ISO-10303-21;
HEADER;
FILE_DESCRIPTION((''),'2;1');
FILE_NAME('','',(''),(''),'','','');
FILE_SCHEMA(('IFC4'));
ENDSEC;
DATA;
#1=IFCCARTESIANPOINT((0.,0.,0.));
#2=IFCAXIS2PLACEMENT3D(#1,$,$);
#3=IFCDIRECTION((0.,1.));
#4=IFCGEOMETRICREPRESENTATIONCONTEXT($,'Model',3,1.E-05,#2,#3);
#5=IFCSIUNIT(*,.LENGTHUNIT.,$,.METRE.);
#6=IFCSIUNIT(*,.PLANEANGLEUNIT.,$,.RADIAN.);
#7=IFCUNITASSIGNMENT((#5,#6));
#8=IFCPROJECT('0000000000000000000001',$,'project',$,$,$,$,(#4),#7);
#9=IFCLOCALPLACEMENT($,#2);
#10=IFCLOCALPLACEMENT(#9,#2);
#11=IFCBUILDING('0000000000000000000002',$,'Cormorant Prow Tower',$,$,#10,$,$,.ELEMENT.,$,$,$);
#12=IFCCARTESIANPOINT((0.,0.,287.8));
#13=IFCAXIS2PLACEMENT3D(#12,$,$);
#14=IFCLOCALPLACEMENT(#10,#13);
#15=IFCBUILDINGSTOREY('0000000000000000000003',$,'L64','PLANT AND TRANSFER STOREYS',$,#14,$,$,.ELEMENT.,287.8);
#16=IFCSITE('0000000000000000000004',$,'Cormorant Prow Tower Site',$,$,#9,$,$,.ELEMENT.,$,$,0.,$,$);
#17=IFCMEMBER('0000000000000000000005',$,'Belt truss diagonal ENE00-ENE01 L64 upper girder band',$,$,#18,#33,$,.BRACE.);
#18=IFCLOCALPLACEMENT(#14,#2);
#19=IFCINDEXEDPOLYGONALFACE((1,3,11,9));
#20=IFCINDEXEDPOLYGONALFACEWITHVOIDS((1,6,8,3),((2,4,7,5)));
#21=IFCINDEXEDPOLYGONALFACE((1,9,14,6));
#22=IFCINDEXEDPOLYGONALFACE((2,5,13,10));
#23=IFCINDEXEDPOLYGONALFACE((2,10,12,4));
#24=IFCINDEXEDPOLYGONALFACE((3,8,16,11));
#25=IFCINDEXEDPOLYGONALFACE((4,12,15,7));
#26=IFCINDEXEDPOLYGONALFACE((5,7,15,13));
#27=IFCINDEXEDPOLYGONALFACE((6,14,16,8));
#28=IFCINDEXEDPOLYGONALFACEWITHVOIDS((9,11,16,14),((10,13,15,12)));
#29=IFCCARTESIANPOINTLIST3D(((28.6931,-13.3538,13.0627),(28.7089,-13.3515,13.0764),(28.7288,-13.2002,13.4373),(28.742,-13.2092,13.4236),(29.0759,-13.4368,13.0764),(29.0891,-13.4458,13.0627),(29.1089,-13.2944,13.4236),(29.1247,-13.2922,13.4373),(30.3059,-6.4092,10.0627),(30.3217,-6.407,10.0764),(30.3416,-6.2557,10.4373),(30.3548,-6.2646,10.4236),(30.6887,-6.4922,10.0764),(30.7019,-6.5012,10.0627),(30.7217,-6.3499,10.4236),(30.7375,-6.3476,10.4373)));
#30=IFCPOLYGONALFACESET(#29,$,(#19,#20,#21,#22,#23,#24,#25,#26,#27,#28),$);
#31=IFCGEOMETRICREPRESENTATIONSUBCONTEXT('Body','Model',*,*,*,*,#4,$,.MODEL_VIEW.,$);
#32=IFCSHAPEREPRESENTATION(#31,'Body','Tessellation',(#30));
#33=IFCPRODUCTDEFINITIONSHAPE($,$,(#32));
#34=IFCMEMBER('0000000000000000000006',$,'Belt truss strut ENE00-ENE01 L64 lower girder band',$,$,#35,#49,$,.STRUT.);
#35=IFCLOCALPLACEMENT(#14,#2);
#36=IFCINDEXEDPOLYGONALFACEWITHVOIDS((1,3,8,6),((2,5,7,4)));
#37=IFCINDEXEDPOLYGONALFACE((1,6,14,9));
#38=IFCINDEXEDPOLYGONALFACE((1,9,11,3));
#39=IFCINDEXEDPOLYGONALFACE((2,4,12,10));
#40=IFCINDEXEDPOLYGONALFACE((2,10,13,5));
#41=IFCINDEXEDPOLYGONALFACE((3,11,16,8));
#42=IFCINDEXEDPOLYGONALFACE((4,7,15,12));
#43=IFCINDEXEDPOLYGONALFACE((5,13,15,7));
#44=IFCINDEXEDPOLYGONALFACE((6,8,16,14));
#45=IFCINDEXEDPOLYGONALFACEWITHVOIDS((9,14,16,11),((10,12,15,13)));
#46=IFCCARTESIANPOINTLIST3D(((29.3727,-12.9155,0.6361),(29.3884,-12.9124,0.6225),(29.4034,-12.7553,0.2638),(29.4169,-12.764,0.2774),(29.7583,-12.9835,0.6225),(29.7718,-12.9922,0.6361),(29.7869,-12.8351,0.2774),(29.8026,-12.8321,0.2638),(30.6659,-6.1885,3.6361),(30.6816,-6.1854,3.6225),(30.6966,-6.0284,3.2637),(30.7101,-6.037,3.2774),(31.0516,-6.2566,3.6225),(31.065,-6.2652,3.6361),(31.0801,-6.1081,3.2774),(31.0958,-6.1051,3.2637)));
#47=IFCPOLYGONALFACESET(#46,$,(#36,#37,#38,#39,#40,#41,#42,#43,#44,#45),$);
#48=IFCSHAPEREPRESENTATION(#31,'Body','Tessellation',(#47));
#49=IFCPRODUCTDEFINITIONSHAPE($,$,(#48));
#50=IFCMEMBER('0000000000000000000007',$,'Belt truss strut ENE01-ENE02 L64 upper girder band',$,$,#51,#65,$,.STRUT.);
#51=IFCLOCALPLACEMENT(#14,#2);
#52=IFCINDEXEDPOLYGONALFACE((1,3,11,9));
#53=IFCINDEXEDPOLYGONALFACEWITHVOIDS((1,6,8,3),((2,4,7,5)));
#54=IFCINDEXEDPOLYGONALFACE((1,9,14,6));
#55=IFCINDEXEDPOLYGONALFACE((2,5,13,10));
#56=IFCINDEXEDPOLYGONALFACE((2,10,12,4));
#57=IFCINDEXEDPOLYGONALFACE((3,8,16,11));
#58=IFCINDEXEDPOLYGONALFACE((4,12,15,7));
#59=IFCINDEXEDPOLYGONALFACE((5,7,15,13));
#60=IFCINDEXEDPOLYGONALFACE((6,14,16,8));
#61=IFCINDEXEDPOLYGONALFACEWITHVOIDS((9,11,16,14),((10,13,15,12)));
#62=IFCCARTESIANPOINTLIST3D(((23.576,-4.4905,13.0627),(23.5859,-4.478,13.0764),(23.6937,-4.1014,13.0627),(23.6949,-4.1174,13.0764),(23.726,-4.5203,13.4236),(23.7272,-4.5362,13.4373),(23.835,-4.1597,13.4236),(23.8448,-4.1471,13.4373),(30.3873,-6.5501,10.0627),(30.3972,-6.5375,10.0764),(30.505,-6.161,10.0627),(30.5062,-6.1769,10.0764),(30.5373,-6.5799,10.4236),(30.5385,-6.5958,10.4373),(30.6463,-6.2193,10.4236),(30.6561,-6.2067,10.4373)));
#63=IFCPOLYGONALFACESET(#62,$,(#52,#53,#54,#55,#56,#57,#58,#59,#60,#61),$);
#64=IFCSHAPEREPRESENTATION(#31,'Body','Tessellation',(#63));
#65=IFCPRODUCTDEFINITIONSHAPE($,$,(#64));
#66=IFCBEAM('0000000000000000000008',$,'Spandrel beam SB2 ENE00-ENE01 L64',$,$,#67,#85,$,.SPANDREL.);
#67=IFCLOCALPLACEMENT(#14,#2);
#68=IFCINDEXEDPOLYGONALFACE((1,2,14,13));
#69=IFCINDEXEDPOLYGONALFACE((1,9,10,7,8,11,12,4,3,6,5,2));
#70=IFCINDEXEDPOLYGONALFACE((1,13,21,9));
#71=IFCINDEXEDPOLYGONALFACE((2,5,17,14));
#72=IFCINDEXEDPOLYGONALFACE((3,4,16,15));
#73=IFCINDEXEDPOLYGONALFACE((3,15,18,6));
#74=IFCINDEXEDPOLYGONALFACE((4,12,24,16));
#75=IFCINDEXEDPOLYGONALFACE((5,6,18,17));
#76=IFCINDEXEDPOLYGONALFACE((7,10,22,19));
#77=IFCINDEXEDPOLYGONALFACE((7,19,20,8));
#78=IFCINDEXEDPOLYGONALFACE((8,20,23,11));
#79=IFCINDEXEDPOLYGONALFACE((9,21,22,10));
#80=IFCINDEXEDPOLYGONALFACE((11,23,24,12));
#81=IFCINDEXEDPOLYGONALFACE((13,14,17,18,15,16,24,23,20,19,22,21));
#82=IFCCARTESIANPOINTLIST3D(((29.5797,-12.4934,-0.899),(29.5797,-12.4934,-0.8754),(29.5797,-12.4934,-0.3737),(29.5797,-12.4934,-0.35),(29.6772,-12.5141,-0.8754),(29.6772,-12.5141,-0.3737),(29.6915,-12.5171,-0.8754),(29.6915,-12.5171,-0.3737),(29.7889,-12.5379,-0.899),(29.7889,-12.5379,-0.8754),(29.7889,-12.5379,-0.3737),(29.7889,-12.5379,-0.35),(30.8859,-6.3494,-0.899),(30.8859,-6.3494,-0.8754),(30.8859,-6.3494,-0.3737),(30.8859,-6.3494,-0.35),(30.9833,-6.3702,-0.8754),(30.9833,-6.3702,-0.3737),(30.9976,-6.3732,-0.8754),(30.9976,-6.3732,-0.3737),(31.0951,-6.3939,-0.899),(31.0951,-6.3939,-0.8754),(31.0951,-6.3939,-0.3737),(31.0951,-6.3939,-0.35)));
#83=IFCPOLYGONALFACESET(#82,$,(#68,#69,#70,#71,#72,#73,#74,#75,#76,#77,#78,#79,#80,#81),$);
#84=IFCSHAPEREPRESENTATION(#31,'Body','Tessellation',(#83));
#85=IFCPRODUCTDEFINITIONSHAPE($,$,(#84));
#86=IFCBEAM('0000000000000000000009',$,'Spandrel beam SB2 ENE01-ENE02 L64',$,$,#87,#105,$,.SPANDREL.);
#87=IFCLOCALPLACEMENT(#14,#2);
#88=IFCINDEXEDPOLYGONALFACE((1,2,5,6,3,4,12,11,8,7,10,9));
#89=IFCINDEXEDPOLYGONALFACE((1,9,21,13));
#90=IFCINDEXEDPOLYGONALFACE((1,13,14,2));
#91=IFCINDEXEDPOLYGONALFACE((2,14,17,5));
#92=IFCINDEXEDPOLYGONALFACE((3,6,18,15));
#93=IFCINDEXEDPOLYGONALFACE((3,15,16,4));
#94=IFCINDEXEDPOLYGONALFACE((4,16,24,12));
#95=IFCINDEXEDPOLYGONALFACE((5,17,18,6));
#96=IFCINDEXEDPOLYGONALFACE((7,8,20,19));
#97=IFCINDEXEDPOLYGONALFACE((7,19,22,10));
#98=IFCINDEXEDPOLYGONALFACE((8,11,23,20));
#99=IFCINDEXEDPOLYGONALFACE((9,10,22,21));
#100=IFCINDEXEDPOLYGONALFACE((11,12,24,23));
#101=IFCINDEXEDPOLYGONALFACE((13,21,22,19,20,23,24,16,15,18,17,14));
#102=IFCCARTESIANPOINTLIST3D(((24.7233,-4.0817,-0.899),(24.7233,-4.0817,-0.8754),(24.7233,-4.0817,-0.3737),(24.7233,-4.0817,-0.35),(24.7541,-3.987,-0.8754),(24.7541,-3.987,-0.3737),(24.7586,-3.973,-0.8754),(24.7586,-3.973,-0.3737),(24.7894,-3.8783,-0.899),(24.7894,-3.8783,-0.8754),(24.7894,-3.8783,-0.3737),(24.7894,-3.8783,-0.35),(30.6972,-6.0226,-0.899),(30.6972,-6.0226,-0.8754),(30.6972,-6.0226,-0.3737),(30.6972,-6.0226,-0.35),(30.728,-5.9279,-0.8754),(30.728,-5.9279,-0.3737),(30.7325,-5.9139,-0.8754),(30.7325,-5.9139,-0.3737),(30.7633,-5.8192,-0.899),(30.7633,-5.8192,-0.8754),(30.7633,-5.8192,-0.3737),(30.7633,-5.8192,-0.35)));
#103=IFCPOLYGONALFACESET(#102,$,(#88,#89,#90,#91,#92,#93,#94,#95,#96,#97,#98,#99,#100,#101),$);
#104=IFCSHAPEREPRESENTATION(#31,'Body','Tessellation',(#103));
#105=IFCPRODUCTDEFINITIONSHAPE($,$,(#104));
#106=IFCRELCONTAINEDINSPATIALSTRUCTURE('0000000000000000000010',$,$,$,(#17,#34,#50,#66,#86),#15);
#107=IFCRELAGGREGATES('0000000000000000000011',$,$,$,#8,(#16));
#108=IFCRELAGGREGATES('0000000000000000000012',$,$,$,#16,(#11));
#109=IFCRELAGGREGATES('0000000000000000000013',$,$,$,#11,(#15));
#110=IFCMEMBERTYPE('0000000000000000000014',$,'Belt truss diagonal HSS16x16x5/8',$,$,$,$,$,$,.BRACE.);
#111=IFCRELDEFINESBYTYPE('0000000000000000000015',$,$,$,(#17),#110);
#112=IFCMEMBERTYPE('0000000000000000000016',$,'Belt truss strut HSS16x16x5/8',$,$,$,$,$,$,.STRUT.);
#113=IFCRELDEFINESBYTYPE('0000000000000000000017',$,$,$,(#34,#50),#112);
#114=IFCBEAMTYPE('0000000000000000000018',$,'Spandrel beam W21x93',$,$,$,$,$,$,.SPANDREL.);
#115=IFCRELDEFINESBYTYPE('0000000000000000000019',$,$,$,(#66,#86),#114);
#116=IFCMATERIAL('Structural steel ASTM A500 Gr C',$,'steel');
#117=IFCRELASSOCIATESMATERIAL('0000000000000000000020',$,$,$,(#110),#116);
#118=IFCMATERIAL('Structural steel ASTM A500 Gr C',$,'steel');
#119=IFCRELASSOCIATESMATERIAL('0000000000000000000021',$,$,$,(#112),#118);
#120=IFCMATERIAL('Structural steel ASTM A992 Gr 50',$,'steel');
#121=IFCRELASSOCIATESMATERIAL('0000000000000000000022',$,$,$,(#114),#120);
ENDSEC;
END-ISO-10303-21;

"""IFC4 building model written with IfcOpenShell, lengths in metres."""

from ifc_helpers import new_model, si_unit, direction, frame, origin, origin_2d, place, context, subcontext, project, spatial, hollow_rectangle, i_section, extrude, material, material_profile, profile_set, type_object, element, save


model = new_model("IFC4")

# Units and contexts
model_context = context("Model", 3, precision=1e-05, world=origin(), true_north=direction((0.0, 1.0)))
body_context = subcontext(model_context, "Body", "Model", "MODEL_VIEW")
ifc_project = project(units=[si_unit("LENGTHUNIT", "METRE"), si_unit("PLANEANGLEUNIT", "RADIAN")], contexts=[model_context])

# Site, building, storey
site_placement = place(None, origin())
site = spatial("IfcSite", under=ifc_project, at=site_placement, Name="Cormorant Prow Tower Site", CompositionType="ELEMENT", RefElevation=0.0)
building_placement = place(site_placement, origin())
building = spatial("IfcBuilding", under=site, at=building_placement, Name="Cormorant Prow Tower", CompositionType="ELEMENT")
storey_placement = place(building_placement, frame((0.0, 0.0, 287.8)))
storey = spatial("IfcBuildingStorey", under=building, at=storey_placement, Name="L64", Description="PLANT AND TRANSFER STOREYS", CompositionType="ELEMENT", Elevation=287.8)

# Members
ifc_material_1 = material(Name="Structural steel ASTM A500 Gr C", Category="steel")
ifc_material_profile_1 = material_profile(ifc_material_1, hollow_rectangle(XDim=0.4065, YDim=0.4065, WallThickness=0.0149, at=origin_2d()), Name="HSS16x16x5/8")
ifc_profile_set_1 = profile_set([ifc_material_profile_1], Name="Structural steel ASTM A500 Gr C")
member_type_1 = type_object("IfcMemberType", Name="Belt truss diagonal HSS16x16x5/8", PredefinedType="BRACE", material=ifc_profile_set_1)
member_1_placement = place(storey_placement, frame((30.5217, -6.3784, 10.25), z_axis=(-0.208509, -0.897827, 0.387854), x_axis=(0.974077, -0.226217, 0.0)))
element("IfcMember", 1, at=member_1_placement, inside=storey, type_object=member_type_1, Name="Belt truss diagonal ENE00-ENE01 L64 upper girder band", PredefinedType="BRACE", context=body_context, shape_type="SweptSolid", body=[
    extrude(hollow_rectangle(XDim=0.4065, YDim=0.4065, WallThickness=0.0149, at=origin_2d()), origin(), (0.0, 0.0, 1.0), 7.7349),
])
ifc_material_2 = material(Name="Structural steel ASTM A500 Gr C", Category="steel")
ifc_material_profile_2 = material_profile(ifc_material_2, hollow_rectangle(XDim=0.4065, YDim=0.4065, WallThickness=0.0149, at=origin_2d()), Name="HSS16x16x5/8")
ifc_profile_set_2 = profile_set([ifc_material_profile_2], Name="Structural steel ASTM A500 Gr C")
member_type_2 = type_object("IfcMemberType", Name="Belt truss strut HSS16x16x5/8", PredefinedType="STRUT", material=ifc_profile_set_2)
member_2_placement = place(storey_placement, frame((29.5876, -12.8738, 0.45), z_axis=(0.172928, 0.899538, 0.401158), x_axis=(-0.982019, 0.188784, 0.0)))
element("IfcMember", 2, at=member_2_placement, inside=storey, type_object=member_type_2, Name="Belt truss strut ENE00-ENE01 L64 lower girder band", PredefinedType="STRUT", context=body_context, shape_type="SweptSolid", body=[
    extrude(hollow_rectangle(XDim=0.4065, YDim=0.4065, WallThickness=0.0149, at=origin_2d()), origin(), (0.0, 0.0, 1.0), 7.4783),
])
member_3_placement = place(storey_placement, frame((30.5217, -6.3784, 10.25), z_axis=(-0.882017, 0.266701, 0.388481), x_axis=(-0.289434, -0.957198, 0.0)))
element("IfcMember", 3, at=member_3_placement, inside=storey, type_object=member_type_2, Name="Belt truss strut ENE01-ENE02 L64 upper girder band", PredefinedType="STRUT", context=body_context, shape_type="SweptSolid", body=[
    extrude(hollow_rectangle(XDim=0.4065, YDim=0.4065, WallThickness=0.0149, at=origin_2d()), origin(), (0.0, 0.0, 1.0), 7.7224),
])

# Beams
ifc_material_3 = material(Name="Structural steel ASTM A992 Gr 50", Category="steel")
ifc_material_profile_3 = material_profile(ifc_material_3, i_section(OverallWidth=0.2139, OverallDepth=0.5491, WebThickness=0.0146, FlangeThickness=0.0237, at=origin_2d()), Name="W21x93")
ifc_profile_set_3 = profile_set([ifc_material_profile_3], Name="Structural steel ASTM A992 Gr 50")
beam_type = type_object("IfcBeamType", Name="Spandrel beam W21x93", PredefinedType="SPANDREL", material=ifc_profile_set_3)
for number, where, z_axis, x_axis, name in (
    (4, (29.6843, -12.5156, -0.6245), (0.207941, 0.978141, 0.0), (-0.978141, 0.207941, 0.0), "Spandrel beam SB2 ENE00-ENE01 L64"),
    (5, (30.7302, -5.9209, -0.6245), (-0.951062, 0.309001, 0.0), (-0.309001, -0.951062, 0.0), "Spandrel beam SB2 ENE01-ENE02 L64"),
):
    element("IfcBeam", number, at=place(storey_placement, frame(where, z_axis=z_axis, x_axis=x_axis)), inside=storey, type_object=beam_type, Name=name, PredefinedType="SPANDREL", context=body_context, shape_type="SweptSolid", body=[
        extrude(i_section(OverallWidth=0.2139, OverallDepth=0.5491, WebThickness=0.0146, FlangeThickness=0.0237, at=origin_2d()), origin(), (0.0, 0.0, 1.0), 6.2812),
    ])

save(model, "model.ifc")
